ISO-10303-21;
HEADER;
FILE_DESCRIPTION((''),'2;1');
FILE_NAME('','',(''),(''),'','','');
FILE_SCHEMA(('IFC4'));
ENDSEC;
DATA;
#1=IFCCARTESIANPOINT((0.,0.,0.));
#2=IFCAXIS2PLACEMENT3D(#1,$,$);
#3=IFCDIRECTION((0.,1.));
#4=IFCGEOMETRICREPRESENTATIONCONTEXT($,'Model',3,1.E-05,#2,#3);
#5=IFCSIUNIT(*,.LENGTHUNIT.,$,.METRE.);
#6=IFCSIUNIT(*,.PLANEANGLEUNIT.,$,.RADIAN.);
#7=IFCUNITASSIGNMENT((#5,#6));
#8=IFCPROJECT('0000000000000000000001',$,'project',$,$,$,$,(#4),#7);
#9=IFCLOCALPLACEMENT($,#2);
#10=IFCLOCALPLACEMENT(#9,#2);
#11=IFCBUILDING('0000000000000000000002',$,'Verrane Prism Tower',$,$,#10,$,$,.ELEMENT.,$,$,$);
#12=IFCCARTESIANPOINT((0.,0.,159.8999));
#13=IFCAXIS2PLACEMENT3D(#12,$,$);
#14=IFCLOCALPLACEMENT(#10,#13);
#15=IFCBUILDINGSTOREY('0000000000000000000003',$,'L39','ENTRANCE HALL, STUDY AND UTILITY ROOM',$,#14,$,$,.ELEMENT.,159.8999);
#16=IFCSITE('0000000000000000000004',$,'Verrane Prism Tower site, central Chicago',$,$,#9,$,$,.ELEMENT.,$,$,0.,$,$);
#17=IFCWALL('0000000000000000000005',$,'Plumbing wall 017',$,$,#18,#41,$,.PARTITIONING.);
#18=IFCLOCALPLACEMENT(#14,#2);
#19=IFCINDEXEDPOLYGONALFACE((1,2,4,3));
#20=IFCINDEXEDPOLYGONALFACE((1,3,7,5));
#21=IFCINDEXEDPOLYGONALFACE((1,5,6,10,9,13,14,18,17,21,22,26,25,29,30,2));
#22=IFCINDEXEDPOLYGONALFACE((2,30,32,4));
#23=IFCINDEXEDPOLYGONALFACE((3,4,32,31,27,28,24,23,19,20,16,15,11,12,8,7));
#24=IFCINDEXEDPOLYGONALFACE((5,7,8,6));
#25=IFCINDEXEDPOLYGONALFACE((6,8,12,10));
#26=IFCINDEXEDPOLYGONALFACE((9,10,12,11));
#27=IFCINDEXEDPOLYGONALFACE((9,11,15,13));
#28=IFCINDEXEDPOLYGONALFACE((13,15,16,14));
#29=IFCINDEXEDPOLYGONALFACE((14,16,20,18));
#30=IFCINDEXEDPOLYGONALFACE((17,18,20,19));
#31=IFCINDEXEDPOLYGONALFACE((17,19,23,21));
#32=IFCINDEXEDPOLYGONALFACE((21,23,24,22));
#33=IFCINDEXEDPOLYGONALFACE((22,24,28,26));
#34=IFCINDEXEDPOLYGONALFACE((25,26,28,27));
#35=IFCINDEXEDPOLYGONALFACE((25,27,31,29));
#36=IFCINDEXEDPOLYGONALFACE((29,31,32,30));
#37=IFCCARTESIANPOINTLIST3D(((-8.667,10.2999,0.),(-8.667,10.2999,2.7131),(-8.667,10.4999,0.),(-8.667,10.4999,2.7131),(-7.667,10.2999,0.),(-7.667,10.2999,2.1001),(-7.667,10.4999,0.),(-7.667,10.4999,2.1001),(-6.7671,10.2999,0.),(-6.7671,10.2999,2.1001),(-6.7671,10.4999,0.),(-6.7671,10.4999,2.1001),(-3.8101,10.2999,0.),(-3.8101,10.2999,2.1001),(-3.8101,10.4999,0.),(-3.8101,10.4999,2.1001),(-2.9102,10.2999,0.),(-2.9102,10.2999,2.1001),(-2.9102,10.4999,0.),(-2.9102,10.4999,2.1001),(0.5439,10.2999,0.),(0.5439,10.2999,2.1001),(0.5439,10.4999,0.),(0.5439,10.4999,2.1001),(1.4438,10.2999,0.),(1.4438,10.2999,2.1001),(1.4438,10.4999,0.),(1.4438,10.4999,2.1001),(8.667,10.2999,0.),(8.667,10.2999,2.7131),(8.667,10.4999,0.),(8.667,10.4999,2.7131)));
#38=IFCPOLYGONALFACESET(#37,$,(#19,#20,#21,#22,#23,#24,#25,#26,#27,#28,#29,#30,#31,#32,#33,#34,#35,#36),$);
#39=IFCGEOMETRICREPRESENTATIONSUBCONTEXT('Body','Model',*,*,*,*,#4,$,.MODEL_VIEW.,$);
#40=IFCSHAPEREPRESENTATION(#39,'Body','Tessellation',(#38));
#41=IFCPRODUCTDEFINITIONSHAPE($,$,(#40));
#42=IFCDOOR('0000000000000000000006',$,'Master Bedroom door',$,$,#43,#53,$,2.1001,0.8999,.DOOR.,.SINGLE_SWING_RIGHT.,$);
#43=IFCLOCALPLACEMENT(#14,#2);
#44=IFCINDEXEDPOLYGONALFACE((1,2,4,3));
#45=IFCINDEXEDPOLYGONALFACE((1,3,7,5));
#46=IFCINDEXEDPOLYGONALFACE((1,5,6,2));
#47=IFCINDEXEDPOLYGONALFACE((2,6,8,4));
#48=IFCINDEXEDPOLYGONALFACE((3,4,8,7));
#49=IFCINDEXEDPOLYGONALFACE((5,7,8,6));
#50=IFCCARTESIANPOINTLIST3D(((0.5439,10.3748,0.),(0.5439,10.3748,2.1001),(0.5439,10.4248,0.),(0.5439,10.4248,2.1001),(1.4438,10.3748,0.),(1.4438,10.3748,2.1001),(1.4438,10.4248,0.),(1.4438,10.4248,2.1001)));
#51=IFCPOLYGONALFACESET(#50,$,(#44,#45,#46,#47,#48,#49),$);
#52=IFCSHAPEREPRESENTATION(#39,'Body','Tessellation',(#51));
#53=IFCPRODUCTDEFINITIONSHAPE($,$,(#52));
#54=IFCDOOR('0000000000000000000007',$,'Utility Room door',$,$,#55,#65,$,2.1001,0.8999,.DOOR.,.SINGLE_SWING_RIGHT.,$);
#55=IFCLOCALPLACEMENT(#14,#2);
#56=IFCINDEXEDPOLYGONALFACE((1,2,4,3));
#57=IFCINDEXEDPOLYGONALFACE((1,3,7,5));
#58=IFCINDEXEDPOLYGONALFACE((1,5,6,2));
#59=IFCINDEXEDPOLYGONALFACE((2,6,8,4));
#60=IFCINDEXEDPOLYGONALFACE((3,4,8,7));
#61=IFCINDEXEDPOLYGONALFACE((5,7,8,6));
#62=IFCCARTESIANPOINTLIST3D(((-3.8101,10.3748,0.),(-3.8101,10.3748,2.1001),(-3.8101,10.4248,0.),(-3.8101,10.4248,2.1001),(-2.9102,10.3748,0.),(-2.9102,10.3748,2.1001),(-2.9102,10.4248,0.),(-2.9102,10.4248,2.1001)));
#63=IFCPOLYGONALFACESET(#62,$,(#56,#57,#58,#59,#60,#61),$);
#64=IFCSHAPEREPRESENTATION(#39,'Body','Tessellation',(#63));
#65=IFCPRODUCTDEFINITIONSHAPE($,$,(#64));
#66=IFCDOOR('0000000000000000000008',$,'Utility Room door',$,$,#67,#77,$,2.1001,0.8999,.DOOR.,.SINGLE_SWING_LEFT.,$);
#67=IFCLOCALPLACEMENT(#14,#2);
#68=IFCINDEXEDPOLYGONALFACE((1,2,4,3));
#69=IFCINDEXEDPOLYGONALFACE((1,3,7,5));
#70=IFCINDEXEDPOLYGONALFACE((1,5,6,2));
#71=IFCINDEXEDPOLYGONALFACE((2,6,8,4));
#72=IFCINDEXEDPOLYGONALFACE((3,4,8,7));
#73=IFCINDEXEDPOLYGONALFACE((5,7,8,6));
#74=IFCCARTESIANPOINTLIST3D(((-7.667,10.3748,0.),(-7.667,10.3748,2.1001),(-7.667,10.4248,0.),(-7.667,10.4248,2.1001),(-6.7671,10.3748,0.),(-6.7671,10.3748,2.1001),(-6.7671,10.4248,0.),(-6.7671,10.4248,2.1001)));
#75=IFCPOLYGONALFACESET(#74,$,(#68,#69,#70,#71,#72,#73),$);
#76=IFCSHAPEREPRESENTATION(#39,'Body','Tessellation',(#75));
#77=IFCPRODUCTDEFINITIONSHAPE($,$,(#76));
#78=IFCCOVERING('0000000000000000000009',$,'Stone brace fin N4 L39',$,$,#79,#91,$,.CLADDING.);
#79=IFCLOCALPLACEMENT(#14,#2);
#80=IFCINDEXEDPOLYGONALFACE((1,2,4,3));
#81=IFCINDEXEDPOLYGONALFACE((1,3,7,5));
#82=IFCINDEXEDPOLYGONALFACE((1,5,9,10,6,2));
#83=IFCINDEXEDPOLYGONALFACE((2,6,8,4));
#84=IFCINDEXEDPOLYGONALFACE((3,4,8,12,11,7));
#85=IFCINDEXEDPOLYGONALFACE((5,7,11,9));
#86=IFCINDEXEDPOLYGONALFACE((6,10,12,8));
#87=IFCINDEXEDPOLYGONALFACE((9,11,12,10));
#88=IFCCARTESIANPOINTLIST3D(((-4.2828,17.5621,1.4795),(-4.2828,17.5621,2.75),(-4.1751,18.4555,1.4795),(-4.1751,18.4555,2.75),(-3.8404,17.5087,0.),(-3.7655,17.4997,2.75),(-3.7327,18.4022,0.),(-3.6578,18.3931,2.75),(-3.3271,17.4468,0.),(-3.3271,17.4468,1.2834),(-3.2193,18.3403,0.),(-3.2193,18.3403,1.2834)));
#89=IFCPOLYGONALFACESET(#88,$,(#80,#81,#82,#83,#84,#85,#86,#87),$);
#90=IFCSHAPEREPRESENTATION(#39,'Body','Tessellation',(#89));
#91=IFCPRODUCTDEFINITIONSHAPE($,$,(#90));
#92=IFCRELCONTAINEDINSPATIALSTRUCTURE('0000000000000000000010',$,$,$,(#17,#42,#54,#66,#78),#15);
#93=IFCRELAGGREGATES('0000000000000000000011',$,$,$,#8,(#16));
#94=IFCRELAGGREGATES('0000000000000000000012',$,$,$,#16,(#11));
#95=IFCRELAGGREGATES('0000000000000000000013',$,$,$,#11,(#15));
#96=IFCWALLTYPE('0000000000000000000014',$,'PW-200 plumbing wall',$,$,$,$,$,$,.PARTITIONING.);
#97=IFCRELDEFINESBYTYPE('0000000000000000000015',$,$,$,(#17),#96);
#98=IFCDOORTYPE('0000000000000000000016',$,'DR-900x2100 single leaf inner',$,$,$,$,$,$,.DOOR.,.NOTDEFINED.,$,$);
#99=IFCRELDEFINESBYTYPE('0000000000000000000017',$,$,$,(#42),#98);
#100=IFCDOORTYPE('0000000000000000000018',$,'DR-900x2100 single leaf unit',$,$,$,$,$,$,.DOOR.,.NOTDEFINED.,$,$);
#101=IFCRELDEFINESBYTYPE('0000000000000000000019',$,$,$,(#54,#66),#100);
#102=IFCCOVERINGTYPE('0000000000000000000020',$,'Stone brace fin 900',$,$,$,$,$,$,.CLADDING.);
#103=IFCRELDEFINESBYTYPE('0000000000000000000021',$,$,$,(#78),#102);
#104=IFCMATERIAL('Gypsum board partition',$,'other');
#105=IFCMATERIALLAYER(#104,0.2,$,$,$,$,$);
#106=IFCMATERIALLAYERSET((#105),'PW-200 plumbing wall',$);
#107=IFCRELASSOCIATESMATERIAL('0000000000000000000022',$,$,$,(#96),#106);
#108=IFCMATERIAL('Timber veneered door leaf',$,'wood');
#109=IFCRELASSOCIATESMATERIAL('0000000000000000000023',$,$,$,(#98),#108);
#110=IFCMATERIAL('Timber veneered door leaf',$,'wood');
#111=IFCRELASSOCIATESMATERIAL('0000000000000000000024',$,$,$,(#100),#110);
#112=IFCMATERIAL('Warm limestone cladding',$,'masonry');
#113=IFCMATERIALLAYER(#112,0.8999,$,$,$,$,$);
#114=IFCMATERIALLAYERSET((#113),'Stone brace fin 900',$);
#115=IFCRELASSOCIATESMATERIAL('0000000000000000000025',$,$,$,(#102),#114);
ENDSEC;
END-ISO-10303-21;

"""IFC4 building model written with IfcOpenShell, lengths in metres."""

from ifc_helpers import new_model, si_unit, direction, frame, frame_2d, origin, place, context, subcontext, project, spatial, polyline, rectangle, outline, extrude, material, layer, layer_set, type_object, element, fill, save


model = new_model("IFC4")

# Units and contexts
model_context = context("Model", 3, precision=1e-05, world=origin(), true_north=direction((0.0, 1.0)))
body_context = subcontext(model_context, "Body", "Model", "MODEL_VIEW")
ifc_project = project(units=[si_unit("LENGTHUNIT", "METRE"), si_unit("PLANEANGLEUNIT", "RADIAN")], contexts=[model_context])

# Site, building, storey
site_placement = place(None, origin())
site = spatial("IfcSite", under=ifc_project, at=site_placement, Name="Verrane Prism Tower site, central Chicago", CompositionType="ELEMENT", RefElevation=0.0)
building_placement = place(site_placement, origin())
building = spatial("IfcBuilding", under=site, at=building_placement, Name="Verrane Prism Tower", CompositionType="ELEMENT")
storey_placement = place(building_placement, frame((0.0, 0.0, 159.8999)))
storey = spatial("IfcBuildingStorey", under=building, at=storey_placement, Name="L39", Description="ENTRANCE HALL, STUDY AND UTILITY ROOM", CompositionType="ELEMENT", Elevation=159.8999)

# Wall, openings, doors
ifc_material_1 = material(Name="Gypsum board partition", Category="other")
ifc_layer_1 = layer(ifc_material_1, 0.2)
ifc_layer_set_1 = layer_set([ifc_layer_1], Name="PW-200 plumbing wall")
wall_type_1 = type_object("IfcWallType", Name="PW-200 plumbing wall", PredefinedType="PARTITIONING", material=ifc_layer_set_1)
wall_1_placement = place(storey_placement, frame((-8.667, 10.3999, 0.0), z_axis=(0.0, 0.0, 1.0), x_axis=(1.0, 0.0, 0.0)))
wall_1 = element("IfcWall", 1, at=wall_1_placement, inside=storey, type_object=wall_type_1, Name="Plumbing wall 017", PredefinedType="PARTITIONING", context=body_context, shape_type="SweptSolid", body=[
    extrude(rectangle(XDim=17.334, YDim=0.2, at=frame_2d((8.667, 0.0))), origin(), (0.0, 0.0, 1.0), 2.7131),
])
opening_1_placement = place(wall_1_placement, frame((9.2109, 0.0, 0.0)))
opening_1 = element("IfcOpeningElement", 2, at=opening_1_placement, cuts=wall_1, PredefinedType="OPENING", context=body_context, shape_type="SweptSolid", body=[
    extrude(rectangle(XDim=0.8999, YDim=2.1001, at=frame_2d((0.45, 1.05))), frame((0.0, 0.1099, 0.0), z_axis=(0.0, -1.0, 0.0), x_axis=(1.0, 0.0, 0.0)), (0.0, 0.0, 1.0), 0.22),
])
opening_2_placement = place(wall_1_placement, frame((4.8569, 0.0, 0.0)))
opening_2 = element("IfcOpeningElement", 3, at=opening_2_placement, cuts=wall_1, PredefinedType="OPENING", context=body_context, shape_type="SweptSolid", body=[
    extrude(rectangle(XDim=0.8999, YDim=2.1001, at=frame_2d((0.45, 1.05))), frame((0.0, 0.1099, 0.0), z_axis=(0.0, -1.0, 0.0), x_axis=(1.0, 0.0, 0.0)), (0.0, 0.0, 1.0), 0.22),
])
opening_3_placement = place(wall_1_placement, frame((1.0, 0.0, 0.0)))
opening_3 = element("IfcOpeningElement", 4, at=opening_3_placement, cuts=wall_1, PredefinedType="OPENING", context=body_context, shape_type="SweptSolid", body=[
    extrude(rectangle(XDim=0.8999, YDim=2.1001, at=frame_2d((0.45, 1.05))), frame((0.0, 0.1099, 0.0), z_axis=(0.0, -1.0, 0.0), x_axis=(1.0, 0.0, 0.0)), (0.0, 0.0, 1.0), 0.22),
])
ifc_material_2 = material(Name="Timber veneered door leaf", Category="wood")
door_type_1 = type_object("IfcDoorType", Name="DR-900x2100 single leaf inner", OperationType="NOTDEFINED", PredefinedType="DOOR", material=ifc_material_2)
door_1_placement = place(opening_1_placement, origin())
door_1 = element("IfcDoor", 5, at=door_1_placement, inside=storey, type_object=door_type_1, Name="Master Bedroom door", OperationType="SINGLE_SWING_RIGHT", OverallHeight=2.1001, OverallWidth=0.8999, PredefinedType="DOOR", context=body_context, shape_type="SweptSolid", body=[
    extrude(rectangle(XDim=0.8999, YDim=2.1001, at=frame_2d((0.45, 1.05))), frame((0.0, 0.0249, 0.0), z_axis=(0.0, -1.0, 0.0), x_axis=(1.0, 0.0, 0.0)), (0.0, 0.0, 1.0), 0.05),
])
fill(opening_1, door_1)
ifc_material_3 = material(Name="Timber veneered door leaf", Category="wood")
door_type_2 = type_object("IfcDoorType", Name="DR-900x2100 single leaf unit", OperationType="NOTDEFINED", PredefinedType="DOOR", material=ifc_material_3)
door_2_placement = place(opening_2_placement, origin())
door_2 = element("IfcDoor", 6, at=door_2_placement, inside=storey, type_object=door_type_2, Name="Utility Room door", OperationType="SINGLE_SWING_RIGHT", OverallHeight=2.1001, OverallWidth=0.8999, PredefinedType="DOOR", context=body_context, shape_type="SweptSolid", body=[
    extrude(rectangle(XDim=0.8999, YDim=2.1001, at=frame_2d((0.45, 1.05))), frame((0.0, 0.0249, 0.0), z_axis=(0.0, -1.0, 0.0), x_axis=(1.0, 0.0, 0.0)), (0.0, 0.0, 1.0), 0.05),
])
fill(opening_2, door_2)
door_3_placement = place(opening_3_placement, origin())
door_3 = element("IfcDoor", 7, at=door_3_placement, inside=storey, type_object=door_type_2, Name="Utility Room door", OperationType="SINGLE_SWING_LEFT", OverallHeight=2.1001, OverallWidth=0.8999, PredefinedType="DOOR", context=body_context, shape_type="SweptSolid", body=[
    extrude(rectangle(XDim=0.8999, YDim=2.1001, at=frame_2d((0.45, 1.05))), frame((0.0, 0.0249, 0.0), z_axis=(0.0, -1.0, 0.0), x_axis=(1.0, 0.0, 0.0)), (0.0, 0.0, 1.0), 0.05),
])
fill(opening_3, door_3)

# Covering
ifc_material_4 = material(Name="Warm limestone cladding", Category="masonry")
ifc_layer_2 = layer(ifc_material_4, 0.8999)
ifc_layer_set_2 = layer_set([ifc_layer_2], Name="Stone brace fin 900")
covering_type = type_object("IfcCoveringType", Name="Stone brace fin 900", PredefinedType="CLADDING", material=ifc_layer_set_2)
covering_placement = place(storey_placement, frame((-3.2732, 17.8936, 0.0), z_axis=(0.0, 0.0, 1.0), x_axis=(-0.992811, 0.119695, 0.0)))
element("IfcCovering", 8, at=covering_placement, inside=storey, type_object=covering_type, Name="Stone brace fin N4 L39", PredefinedType="CLADDING", context=body_context, shape_type="SweptSolid", body=[
    extrude(outline(polyline([(0.9626, 2.75), (0.4417, 2.75), (0.0, 1.2834), (0.0, 0.0), (0.5171, 0.0), (0.9626, 1.4795), (0.9626, 2.75)])), frame((0.0, 0.45, 0.0), z_axis=(0.0, -1.0, 0.0), x_axis=(1.0, 0.0, 0.0)), (0.0, 0.0, 1.0), 0.8999),
])

save(model, "model.ifc")
